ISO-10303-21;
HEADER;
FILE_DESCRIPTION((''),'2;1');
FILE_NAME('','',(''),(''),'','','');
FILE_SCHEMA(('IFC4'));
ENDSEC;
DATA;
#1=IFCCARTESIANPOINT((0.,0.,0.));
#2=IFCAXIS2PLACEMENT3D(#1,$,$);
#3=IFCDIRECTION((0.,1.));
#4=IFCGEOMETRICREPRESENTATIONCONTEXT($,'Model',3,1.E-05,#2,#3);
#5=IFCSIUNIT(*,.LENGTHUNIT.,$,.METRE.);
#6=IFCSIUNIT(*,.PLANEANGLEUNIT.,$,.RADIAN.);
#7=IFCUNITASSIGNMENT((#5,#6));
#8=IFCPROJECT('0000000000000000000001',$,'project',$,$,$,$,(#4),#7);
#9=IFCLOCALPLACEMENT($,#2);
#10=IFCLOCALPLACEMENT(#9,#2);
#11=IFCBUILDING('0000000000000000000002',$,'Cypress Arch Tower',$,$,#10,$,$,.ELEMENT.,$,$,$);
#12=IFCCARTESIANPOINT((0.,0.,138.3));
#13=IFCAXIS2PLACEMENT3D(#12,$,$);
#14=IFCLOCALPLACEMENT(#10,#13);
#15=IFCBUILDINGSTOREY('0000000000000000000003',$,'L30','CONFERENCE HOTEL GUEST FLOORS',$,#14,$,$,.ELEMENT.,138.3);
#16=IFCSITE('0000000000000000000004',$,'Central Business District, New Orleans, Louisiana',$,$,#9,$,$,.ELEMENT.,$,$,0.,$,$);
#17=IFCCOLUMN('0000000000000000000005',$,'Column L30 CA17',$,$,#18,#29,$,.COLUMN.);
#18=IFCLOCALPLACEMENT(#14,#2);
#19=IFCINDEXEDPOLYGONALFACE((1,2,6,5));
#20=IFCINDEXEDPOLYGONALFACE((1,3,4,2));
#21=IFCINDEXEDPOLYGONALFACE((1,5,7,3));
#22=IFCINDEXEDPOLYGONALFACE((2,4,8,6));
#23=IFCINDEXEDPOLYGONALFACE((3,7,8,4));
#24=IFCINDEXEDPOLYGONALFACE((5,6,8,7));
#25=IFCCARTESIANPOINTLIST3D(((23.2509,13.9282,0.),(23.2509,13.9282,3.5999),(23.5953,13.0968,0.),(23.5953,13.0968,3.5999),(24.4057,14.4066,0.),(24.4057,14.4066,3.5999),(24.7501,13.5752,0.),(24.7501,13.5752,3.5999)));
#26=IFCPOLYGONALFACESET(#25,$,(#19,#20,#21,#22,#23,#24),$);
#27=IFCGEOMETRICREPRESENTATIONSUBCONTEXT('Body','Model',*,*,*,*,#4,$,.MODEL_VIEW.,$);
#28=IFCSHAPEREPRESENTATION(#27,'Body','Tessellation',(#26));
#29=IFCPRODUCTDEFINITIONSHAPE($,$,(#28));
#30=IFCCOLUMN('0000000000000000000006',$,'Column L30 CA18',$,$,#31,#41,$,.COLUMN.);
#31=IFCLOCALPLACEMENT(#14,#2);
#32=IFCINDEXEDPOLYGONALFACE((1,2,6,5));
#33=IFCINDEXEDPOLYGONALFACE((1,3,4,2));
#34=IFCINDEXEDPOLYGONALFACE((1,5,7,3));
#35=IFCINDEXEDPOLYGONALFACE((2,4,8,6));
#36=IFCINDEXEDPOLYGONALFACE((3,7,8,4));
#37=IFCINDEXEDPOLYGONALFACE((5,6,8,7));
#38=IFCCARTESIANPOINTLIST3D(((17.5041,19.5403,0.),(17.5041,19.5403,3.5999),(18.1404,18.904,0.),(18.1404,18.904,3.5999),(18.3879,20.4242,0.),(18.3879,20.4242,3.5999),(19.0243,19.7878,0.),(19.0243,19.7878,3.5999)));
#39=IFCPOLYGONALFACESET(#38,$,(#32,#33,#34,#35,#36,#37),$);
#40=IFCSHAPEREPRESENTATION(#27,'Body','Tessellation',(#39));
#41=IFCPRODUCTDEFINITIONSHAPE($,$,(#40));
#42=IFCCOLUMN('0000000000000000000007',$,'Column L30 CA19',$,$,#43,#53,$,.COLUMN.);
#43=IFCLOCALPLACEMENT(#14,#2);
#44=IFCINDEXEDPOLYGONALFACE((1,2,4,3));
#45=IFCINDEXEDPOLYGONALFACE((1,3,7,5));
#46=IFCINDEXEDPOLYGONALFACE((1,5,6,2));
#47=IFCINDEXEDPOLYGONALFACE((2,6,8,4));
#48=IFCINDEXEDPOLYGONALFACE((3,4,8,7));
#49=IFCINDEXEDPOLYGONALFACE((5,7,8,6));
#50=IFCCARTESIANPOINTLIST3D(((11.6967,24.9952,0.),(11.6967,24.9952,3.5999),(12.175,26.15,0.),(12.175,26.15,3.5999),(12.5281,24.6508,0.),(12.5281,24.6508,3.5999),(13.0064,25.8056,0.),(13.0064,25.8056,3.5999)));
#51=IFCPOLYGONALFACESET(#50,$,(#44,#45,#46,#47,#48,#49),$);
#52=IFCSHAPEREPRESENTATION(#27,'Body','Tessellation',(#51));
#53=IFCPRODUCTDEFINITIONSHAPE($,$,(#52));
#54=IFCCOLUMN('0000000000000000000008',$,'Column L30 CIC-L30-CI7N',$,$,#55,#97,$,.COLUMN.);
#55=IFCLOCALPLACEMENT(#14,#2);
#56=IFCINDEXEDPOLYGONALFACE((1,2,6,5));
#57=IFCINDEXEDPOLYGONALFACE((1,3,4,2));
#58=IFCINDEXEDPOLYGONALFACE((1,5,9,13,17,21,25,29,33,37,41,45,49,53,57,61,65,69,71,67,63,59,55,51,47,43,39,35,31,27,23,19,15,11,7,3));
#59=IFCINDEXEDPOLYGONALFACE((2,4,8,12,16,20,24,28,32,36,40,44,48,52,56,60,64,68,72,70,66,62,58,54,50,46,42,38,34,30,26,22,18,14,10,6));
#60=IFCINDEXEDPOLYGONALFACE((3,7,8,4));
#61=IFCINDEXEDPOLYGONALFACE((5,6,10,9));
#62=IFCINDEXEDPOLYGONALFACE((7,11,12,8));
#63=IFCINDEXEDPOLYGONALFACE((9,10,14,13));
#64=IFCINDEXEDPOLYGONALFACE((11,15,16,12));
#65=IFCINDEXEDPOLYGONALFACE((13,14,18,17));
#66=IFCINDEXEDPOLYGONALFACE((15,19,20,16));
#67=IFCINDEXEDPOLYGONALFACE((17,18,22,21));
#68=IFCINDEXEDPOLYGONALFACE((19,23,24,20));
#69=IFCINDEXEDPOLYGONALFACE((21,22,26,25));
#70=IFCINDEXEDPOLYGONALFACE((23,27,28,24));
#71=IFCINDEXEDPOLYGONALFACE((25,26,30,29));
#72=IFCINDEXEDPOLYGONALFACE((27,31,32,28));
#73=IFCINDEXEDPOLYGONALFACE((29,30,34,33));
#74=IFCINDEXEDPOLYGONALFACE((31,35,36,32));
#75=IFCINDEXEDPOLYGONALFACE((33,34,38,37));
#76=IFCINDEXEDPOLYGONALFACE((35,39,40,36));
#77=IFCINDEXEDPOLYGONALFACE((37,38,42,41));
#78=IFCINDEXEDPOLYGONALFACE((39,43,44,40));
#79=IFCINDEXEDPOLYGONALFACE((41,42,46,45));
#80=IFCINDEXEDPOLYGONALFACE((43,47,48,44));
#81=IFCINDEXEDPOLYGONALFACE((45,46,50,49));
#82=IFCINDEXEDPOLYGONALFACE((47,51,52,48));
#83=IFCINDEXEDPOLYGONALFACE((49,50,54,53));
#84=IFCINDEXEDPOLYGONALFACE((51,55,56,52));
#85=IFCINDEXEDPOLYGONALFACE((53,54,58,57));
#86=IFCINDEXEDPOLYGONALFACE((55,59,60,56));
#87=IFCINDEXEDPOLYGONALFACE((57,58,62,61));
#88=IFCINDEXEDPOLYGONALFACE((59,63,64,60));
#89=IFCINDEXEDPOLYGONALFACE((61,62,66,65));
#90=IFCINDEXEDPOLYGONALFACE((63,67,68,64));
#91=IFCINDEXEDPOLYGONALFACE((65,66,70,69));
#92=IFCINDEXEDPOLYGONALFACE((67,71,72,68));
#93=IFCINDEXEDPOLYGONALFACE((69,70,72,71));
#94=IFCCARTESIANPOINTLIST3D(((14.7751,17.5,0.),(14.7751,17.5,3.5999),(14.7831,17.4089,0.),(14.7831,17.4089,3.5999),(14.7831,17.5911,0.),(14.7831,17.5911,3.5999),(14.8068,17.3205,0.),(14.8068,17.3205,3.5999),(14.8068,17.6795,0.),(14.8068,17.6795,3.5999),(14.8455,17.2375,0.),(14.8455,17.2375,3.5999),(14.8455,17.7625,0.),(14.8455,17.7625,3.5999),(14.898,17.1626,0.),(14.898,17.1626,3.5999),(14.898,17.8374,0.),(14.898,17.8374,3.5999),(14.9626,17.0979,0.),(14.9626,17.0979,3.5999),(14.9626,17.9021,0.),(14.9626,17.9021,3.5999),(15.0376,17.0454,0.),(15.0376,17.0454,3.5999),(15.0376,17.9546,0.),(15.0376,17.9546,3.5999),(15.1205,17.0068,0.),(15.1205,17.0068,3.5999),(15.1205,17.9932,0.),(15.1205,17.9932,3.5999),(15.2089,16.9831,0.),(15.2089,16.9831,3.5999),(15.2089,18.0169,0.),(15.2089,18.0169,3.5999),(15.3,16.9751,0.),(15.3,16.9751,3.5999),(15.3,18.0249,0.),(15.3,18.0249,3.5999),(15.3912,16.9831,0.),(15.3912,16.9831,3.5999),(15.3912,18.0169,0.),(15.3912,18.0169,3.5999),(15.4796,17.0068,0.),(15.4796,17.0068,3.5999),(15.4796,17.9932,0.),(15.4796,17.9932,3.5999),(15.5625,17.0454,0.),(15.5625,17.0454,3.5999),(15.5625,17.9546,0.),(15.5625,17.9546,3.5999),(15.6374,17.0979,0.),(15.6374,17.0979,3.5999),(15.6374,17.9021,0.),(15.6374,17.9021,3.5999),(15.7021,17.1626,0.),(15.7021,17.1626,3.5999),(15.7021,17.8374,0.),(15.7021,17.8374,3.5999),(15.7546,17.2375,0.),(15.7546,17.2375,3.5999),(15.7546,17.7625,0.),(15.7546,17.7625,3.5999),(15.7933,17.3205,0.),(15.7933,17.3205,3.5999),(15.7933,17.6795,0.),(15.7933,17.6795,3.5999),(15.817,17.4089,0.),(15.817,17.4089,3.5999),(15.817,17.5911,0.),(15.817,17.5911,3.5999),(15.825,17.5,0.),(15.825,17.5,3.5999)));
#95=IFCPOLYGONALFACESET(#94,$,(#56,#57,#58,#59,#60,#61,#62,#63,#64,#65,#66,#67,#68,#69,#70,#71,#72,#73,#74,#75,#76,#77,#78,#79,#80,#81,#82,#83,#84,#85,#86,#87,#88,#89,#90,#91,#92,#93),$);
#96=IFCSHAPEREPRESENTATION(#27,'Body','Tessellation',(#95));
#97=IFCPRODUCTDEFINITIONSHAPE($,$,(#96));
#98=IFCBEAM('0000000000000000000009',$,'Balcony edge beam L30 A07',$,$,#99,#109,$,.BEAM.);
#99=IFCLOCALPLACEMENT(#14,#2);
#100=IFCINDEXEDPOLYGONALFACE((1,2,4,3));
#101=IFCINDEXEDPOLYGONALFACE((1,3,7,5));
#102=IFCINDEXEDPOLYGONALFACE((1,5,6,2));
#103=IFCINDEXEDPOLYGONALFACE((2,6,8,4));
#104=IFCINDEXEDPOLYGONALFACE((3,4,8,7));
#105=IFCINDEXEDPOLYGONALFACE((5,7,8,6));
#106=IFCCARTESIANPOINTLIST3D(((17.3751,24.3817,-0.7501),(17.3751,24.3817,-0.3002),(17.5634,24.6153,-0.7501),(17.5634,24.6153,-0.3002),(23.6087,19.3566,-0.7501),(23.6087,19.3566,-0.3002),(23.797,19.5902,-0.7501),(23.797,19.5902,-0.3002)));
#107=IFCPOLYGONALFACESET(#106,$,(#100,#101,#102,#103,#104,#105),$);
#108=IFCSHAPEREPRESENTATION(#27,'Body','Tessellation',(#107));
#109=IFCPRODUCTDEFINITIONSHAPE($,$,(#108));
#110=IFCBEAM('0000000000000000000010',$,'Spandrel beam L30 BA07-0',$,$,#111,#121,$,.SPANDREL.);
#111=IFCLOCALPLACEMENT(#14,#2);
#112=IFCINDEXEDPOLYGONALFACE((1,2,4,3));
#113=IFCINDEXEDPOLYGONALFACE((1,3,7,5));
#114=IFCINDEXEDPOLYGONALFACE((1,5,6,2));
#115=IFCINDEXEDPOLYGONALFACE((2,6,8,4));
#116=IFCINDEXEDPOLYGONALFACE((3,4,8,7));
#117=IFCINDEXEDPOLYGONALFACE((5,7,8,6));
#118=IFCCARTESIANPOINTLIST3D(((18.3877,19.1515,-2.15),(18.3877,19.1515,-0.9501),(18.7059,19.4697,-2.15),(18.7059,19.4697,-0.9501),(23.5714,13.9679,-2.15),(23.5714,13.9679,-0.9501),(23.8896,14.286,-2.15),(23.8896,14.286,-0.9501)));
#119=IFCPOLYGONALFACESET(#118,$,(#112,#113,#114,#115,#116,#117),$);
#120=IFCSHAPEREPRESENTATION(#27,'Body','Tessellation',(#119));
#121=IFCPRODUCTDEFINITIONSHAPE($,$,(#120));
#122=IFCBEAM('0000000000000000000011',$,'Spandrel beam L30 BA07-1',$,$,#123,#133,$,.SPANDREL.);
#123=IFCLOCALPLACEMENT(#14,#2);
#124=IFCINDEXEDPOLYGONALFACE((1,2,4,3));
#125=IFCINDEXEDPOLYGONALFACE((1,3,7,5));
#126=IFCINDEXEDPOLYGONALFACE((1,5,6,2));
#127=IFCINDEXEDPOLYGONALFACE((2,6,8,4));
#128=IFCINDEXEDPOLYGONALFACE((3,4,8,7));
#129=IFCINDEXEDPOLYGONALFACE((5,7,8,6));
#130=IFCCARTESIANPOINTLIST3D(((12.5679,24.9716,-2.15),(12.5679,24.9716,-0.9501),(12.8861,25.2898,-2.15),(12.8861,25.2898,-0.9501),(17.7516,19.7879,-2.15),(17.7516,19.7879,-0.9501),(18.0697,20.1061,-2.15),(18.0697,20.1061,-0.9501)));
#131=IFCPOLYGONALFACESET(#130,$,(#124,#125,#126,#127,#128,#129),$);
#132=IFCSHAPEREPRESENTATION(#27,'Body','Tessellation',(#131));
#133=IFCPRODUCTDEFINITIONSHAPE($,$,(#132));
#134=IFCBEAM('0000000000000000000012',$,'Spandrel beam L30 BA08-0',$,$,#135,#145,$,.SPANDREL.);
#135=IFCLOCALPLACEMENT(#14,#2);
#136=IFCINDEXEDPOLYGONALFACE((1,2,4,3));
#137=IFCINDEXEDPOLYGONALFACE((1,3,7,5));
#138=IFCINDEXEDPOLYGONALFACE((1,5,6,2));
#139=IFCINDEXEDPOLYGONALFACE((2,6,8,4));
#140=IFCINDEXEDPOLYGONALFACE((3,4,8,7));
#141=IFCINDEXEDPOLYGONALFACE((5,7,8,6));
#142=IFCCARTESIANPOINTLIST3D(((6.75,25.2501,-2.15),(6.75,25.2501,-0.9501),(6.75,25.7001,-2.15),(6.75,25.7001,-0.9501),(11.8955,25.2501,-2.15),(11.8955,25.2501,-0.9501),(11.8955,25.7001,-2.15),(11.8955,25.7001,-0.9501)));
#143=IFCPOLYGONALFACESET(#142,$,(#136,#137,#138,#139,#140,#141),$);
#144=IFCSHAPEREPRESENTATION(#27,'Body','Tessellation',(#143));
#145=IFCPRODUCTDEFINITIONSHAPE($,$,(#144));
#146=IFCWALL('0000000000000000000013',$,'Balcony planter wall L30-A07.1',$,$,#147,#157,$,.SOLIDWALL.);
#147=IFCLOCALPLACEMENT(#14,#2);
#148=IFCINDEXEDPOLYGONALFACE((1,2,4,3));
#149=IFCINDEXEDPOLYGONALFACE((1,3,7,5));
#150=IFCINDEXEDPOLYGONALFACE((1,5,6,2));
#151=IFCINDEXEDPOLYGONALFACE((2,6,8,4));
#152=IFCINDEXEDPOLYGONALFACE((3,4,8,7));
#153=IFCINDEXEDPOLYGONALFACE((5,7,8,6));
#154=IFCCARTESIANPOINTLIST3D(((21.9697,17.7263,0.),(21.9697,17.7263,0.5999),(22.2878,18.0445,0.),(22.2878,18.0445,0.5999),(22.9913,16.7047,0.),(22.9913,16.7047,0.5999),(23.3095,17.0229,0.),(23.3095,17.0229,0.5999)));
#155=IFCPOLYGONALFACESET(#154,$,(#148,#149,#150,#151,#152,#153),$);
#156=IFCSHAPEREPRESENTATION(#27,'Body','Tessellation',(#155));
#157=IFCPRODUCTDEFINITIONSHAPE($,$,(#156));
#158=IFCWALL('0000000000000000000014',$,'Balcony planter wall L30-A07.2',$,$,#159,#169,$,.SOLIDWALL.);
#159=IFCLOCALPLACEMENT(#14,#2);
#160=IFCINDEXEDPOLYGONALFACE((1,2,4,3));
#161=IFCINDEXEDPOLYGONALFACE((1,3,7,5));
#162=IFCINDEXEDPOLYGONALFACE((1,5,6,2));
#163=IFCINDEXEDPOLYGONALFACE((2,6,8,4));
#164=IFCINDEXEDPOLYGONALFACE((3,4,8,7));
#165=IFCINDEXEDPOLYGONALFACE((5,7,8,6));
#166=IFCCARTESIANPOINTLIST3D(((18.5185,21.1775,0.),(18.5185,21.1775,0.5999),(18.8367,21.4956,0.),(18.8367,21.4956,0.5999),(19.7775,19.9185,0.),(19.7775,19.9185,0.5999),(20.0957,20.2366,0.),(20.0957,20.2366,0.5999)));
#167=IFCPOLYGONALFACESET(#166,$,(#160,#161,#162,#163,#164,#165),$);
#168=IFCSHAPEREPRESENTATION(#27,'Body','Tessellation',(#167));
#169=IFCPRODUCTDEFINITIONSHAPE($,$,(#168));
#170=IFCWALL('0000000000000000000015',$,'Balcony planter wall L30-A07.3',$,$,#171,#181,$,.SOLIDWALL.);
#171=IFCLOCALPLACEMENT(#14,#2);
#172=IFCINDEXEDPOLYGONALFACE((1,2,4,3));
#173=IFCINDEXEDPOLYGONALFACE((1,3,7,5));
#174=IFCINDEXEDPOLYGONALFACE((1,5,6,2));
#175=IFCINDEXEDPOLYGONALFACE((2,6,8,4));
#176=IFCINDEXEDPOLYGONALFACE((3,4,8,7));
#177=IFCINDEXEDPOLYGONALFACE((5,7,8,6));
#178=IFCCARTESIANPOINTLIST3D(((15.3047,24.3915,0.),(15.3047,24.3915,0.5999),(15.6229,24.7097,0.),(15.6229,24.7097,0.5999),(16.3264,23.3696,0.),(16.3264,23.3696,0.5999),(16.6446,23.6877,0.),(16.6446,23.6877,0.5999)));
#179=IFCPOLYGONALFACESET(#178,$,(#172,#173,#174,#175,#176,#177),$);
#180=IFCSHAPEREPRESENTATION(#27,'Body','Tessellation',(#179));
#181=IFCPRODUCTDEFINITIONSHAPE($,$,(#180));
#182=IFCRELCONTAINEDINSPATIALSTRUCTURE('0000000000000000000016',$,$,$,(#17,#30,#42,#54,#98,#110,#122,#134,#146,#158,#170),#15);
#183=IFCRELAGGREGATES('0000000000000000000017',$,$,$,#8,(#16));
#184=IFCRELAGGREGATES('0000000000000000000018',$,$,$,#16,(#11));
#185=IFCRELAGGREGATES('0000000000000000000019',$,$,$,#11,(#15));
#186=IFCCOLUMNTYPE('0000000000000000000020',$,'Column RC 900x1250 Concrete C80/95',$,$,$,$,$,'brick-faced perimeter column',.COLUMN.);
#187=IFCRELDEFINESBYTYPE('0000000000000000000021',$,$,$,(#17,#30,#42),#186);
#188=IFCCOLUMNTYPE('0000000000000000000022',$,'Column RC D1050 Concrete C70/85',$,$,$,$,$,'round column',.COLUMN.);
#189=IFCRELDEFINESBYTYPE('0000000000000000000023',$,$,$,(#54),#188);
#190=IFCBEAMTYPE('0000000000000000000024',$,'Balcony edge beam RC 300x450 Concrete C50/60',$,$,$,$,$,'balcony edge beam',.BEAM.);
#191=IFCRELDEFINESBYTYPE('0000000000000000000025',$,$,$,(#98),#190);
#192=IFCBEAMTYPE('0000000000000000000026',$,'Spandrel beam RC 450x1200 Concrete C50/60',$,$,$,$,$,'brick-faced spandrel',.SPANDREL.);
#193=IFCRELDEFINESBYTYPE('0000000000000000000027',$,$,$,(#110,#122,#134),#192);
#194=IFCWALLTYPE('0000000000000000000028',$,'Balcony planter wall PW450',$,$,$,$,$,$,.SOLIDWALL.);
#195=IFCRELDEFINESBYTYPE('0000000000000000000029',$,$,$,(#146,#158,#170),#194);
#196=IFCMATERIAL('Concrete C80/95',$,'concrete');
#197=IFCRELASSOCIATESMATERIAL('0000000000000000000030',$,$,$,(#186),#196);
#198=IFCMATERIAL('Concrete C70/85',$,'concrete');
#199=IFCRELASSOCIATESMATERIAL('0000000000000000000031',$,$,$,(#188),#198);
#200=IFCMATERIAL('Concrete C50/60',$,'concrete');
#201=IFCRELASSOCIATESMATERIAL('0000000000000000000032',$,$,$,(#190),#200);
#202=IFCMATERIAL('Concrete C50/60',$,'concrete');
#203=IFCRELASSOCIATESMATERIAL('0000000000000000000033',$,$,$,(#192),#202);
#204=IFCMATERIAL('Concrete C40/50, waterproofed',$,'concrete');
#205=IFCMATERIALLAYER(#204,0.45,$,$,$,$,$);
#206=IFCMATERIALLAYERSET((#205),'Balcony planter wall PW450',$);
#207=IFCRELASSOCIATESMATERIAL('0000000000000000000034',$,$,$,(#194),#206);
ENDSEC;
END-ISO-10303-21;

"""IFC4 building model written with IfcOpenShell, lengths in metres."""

from ifc_helpers import new_model, si_unit, direction, frame, frame_2d, origin, origin_2d, place, context, subcontext, project, spatial, rectangle, circle, extrude, material, layer, layer_set, material_profile, profile_set, type_object, element, save


model = new_model("IFC4")

# Units and contexts
model_context = context("Model", 3, precision=1e-05, world=origin(), true_north=direction((0.0, 1.0)))
body_context = subcontext(model_context, "Body", "Model", "MODEL_VIEW")
ifc_project = project(units=[si_unit("LENGTHUNIT", "METRE"), si_unit("PLANEANGLEUNIT", "RADIAN")], contexts=[model_context])

# Site, building, storey
site_placement = place(None, origin())
site = spatial("IfcSite", under=ifc_project, at=site_placement, Name="Central Business District, New Orleans, Louisiana", CompositionType="ELEMENT", RefElevation=0.0)
building_placement = place(site_placement, origin())
building = spatial("IfcBuilding", under=site, at=building_placement, Name="Cypress Arch Tower", CompositionType="ELEMENT")
storey_placement = place(building_placement, frame((0.0, 0.0, 138.3)))
storey = spatial("IfcBuildingStorey", under=building, at=storey_placement, Name="L30", Description="CONFERENCE HOTEL GUEST FLOORS", CompositionType="ELEMENT", Elevation=138.3)

# Columns
ifc_material_1 = material(Name="Concrete C80/95", Category="concrete")
ifc_material_profile_1 = material_profile(ifc_material_1, rectangle(XDim=0.8999, YDim=1.25, at=origin_2d()), Name="RC 900x1250")
ifc_profile_set_1 = profile_set([ifc_material_profile_1], Name="Concrete C80/95")
column_type_1 = type_object("IfcColumnType", Name="Column RC 900x1250 Concrete C80/95", ElementType="brick-faced perimeter column", PredefinedType="COLUMN", material=ifc_profile_set_1)
for number, where, z_axis, x_axis, name in (
    (1, (24.0005, 13.7517, 0.0), (0.0, 0.0, 1.0), (-0.382683, 0.92388, 0.0), "Column L30 CA17"),
    (2, (18.2642, 19.6641, 0.0), (0.0, 0.0, 1.0), (-0.707107, 0.707107, 0.0), "Column L30 CA18"),
    (3, (12.3516, 25.4004, 0.0), (0.0, 0.0, 1.0), (-0.92388, 0.382683, 0.0), "Column L30 CA19"),
):
    element("IfcColumn", number, at=place(storey_placement, frame(where, z_axis=z_axis, x_axis=x_axis)), inside=storey, type_object=column_type_1, Name=name, PredefinedType="COLUMN", context=body_context, shape_type="SweptSolid", body=[
        extrude(rectangle(XDim=0.8999, YDim=1.25, at=origin_2d()), origin(), (0.0, 0.0, 1.0), 3.5999),
    ])
ifc_material_2 = material(Name="Concrete C70/85", Category="concrete")
ifc_material_profile_2 = material_profile(ifc_material_2, circle(Radius=0.5249, at=origin_2d()), Name="RC D1050")
ifc_profile_set_2 = profile_set([ifc_material_profile_2], Name="Concrete C70/85")
column_type_2 = type_object("IfcColumnType", Name="Column RC D1050 Concrete C70/85", ElementType="round column", PredefinedType="COLUMN", material=ifc_profile_set_2)
column_placement = place(storey_placement, frame((15.3, 17.5, 0.0), z_axis=(0.0, 0.0, 1.0), x_axis=(1.0, 0.0, 0.0)))
element("IfcColumn", 4, at=column_placement, inside=storey, type_object=column_type_2, Name="Column L30 CIC-L30-CI7N", PredefinedType="COLUMN", context=body_context, shape_type="SweptSolid", body=[
    extrude(circle(Radius=0.5249, at=origin_2d()), origin(), (0.0, 0.0, 1.0), 3.5999),
])

# Beams
ifc_material_3 = material(Name="Concrete C50/60", Category="concrete")
ifc_material_profile_3 = material_profile(ifc_material_3, rectangle(XDim=0.3, YDim=0.45, at=origin_2d()), Name="RC 300x450")
ifc_profile_set_3 = profile_set([ifc_material_profile_3], Name="Concrete C50/60")
beam_type_1 = type_object("IfcBeamType", Name="Balcony edge beam RC 300x450 Concrete C50/60", ElementType="balcony edge beam", PredefinedType="BEAM", material=ifc_profile_set_3)
beam_1_placement = place(storey_placement, frame((23.7029, 19.4734, -0.5251), z_axis=(-0.778534, 0.627602, 0.0), x_axis=(-0.627602, -0.778534, 0.0)))
element("IfcBeam", 5, at=beam_1_placement, inside=storey, type_object=beam_type_1, Name="Balcony edge beam L30 A07", PredefinedType="BEAM", context=body_context, shape_type="SweptSolid", body=[
    extrude(rectangle(XDim=0.3, YDim=0.45, at=origin_2d()), origin(), (0.0, 0.0, 1.0), 8.0068),
])
ifc_material_4 = material(Name="Concrete C50/60", Category="concrete")
ifc_material_profile_4 = material_profile(ifc_material_4, rectangle(XDim=0.45, YDim=1.2, at=origin_2d()), Name="RC 450x1200")
ifc_profile_set_4 = profile_set([ifc_material_profile_4], Name="Concrete C50/60")
beam_type_2 = type_object("IfcBeamType", Name="Spandrel beam RC 450x1200 Concrete C50/60", ElementType="brick-faced spandrel", PredefinedType="SPANDREL", material=ifc_profile_set_4)
for number, where, z_axis, x_axis, name in (
    (6, (23.7305, 14.127, -1.55), (-0.707107, 0.707107, 0.0), (-0.707107, -0.707107, 0.0), "Spandrel beam L30 BA07-0"),
    (7, (17.9106, 19.947, -1.55), (-0.707107, 0.707107, 0.0), (-0.707107, -0.707107, 0.0), "Spandrel beam L30 BA07-1"),
):
    element("IfcBeam", number, at=place(storey_placement, frame(where, z_axis=z_axis, x_axis=x_axis)), inside=storey, type_object=beam_type_2, Name=name, PredefinedType="SPANDREL", context=body_context, shape_type="SweptSolid", body=[
        extrude(rectangle(XDim=0.45, YDim=1.2, at=origin_2d()), origin(), (0.0, 0.0, 1.0), 7.3308),
    ])
beam_2_placement = place(storey_placement, frame((11.8955, 25.4751, -1.55), z_axis=(-1.0, 0.0, 0.0), x_axis=(0.0, -1.0, 0.0)))
element("IfcBeam", 8, at=beam_2_placement, inside=storey, type_object=beam_type_2, Name="Spandrel beam L30 BA08-0", PredefinedType="SPANDREL", context=body_context, shape_type="SweptSolid", body=[
    extrude(rectangle(XDim=0.45, YDim=1.2, at=origin_2d()), origin(), (0.0, 0.0, 1.0), 5.1455),
])

# Walls
ifc_material_5 = material(Name="Concrete C40/50, waterproofed", Category="concrete")
ifc_layer_1 = layer(ifc_material_5, 0.45)
ifc_layer_set_1 = layer_set([ifc_layer_1], Name="Balcony planter wall PW450")
wall_type_1 = type_object("IfcWallType", Name="Balcony planter wall PW450", PredefinedType="SOLIDWALL", material=ifc_layer_set_1)
wall_1_placement = place(storey_placement, frame((23.1504, 16.8638, 0.0), z_axis=(0.0, 0.0, 1.0), x_axis=(-0.707107, 0.707107, 0.0)))
element("IfcWall", 9, at=wall_1_placement, inside=storey, type_object=wall_type_1, Name="Balcony planter wall L30-A07.1", PredefinedType="SOLIDWALL", context=body_context, shape_type="SweptSolid", body=[
    extrude(rectangle(XDim=1.4448, YDim=0.45, at=frame_2d((0.7224, 0.0))), origin(), (0.0, 0.0, 1.0), 0.5999),
])
wall_2_placement = place(storey_placement, frame((19.9365, 20.0776, 0.0), z_axis=(0.0, 0.0, 1.0), x_axis=(-0.707107, 0.707107, 0.0)))
element("IfcWall", 10, at=wall_2_placement, inside=storey, type_object=wall_type_1, Name="Balcony planter wall L30-A07.2", PredefinedType="SOLIDWALL", context=body_context, shape_type="SweptSolid", body=[
    extrude(rectangle(XDim=1.7805, YDim=0.45, at=frame_2d((0.8901, 0.0))), origin(), (0.0, 0.0, 1.0), 0.5999),
])
wall_3_placement = place(storey_placement, frame((16.4856, 23.5286, 0.0), z_axis=(0.0, 0.0, 1.0), x_axis=(-0.707022, 0.707191, 0.0)))
element("IfcWall", 11, at=wall_3_placement, inside=storey, type_object=wall_type_1, Name="Balcony planter wall L30-A07.3", PredefinedType="SOLIDWALL", context=body_context, shape_type="SweptSolid", body=[
    extrude(rectangle(XDim=1.4451, YDim=0.45, at=frame_2d((0.7227, 0.0))), origin(), (0.0, 0.0, 1.0), 0.5999),
])

save(model, "model.ifc")
